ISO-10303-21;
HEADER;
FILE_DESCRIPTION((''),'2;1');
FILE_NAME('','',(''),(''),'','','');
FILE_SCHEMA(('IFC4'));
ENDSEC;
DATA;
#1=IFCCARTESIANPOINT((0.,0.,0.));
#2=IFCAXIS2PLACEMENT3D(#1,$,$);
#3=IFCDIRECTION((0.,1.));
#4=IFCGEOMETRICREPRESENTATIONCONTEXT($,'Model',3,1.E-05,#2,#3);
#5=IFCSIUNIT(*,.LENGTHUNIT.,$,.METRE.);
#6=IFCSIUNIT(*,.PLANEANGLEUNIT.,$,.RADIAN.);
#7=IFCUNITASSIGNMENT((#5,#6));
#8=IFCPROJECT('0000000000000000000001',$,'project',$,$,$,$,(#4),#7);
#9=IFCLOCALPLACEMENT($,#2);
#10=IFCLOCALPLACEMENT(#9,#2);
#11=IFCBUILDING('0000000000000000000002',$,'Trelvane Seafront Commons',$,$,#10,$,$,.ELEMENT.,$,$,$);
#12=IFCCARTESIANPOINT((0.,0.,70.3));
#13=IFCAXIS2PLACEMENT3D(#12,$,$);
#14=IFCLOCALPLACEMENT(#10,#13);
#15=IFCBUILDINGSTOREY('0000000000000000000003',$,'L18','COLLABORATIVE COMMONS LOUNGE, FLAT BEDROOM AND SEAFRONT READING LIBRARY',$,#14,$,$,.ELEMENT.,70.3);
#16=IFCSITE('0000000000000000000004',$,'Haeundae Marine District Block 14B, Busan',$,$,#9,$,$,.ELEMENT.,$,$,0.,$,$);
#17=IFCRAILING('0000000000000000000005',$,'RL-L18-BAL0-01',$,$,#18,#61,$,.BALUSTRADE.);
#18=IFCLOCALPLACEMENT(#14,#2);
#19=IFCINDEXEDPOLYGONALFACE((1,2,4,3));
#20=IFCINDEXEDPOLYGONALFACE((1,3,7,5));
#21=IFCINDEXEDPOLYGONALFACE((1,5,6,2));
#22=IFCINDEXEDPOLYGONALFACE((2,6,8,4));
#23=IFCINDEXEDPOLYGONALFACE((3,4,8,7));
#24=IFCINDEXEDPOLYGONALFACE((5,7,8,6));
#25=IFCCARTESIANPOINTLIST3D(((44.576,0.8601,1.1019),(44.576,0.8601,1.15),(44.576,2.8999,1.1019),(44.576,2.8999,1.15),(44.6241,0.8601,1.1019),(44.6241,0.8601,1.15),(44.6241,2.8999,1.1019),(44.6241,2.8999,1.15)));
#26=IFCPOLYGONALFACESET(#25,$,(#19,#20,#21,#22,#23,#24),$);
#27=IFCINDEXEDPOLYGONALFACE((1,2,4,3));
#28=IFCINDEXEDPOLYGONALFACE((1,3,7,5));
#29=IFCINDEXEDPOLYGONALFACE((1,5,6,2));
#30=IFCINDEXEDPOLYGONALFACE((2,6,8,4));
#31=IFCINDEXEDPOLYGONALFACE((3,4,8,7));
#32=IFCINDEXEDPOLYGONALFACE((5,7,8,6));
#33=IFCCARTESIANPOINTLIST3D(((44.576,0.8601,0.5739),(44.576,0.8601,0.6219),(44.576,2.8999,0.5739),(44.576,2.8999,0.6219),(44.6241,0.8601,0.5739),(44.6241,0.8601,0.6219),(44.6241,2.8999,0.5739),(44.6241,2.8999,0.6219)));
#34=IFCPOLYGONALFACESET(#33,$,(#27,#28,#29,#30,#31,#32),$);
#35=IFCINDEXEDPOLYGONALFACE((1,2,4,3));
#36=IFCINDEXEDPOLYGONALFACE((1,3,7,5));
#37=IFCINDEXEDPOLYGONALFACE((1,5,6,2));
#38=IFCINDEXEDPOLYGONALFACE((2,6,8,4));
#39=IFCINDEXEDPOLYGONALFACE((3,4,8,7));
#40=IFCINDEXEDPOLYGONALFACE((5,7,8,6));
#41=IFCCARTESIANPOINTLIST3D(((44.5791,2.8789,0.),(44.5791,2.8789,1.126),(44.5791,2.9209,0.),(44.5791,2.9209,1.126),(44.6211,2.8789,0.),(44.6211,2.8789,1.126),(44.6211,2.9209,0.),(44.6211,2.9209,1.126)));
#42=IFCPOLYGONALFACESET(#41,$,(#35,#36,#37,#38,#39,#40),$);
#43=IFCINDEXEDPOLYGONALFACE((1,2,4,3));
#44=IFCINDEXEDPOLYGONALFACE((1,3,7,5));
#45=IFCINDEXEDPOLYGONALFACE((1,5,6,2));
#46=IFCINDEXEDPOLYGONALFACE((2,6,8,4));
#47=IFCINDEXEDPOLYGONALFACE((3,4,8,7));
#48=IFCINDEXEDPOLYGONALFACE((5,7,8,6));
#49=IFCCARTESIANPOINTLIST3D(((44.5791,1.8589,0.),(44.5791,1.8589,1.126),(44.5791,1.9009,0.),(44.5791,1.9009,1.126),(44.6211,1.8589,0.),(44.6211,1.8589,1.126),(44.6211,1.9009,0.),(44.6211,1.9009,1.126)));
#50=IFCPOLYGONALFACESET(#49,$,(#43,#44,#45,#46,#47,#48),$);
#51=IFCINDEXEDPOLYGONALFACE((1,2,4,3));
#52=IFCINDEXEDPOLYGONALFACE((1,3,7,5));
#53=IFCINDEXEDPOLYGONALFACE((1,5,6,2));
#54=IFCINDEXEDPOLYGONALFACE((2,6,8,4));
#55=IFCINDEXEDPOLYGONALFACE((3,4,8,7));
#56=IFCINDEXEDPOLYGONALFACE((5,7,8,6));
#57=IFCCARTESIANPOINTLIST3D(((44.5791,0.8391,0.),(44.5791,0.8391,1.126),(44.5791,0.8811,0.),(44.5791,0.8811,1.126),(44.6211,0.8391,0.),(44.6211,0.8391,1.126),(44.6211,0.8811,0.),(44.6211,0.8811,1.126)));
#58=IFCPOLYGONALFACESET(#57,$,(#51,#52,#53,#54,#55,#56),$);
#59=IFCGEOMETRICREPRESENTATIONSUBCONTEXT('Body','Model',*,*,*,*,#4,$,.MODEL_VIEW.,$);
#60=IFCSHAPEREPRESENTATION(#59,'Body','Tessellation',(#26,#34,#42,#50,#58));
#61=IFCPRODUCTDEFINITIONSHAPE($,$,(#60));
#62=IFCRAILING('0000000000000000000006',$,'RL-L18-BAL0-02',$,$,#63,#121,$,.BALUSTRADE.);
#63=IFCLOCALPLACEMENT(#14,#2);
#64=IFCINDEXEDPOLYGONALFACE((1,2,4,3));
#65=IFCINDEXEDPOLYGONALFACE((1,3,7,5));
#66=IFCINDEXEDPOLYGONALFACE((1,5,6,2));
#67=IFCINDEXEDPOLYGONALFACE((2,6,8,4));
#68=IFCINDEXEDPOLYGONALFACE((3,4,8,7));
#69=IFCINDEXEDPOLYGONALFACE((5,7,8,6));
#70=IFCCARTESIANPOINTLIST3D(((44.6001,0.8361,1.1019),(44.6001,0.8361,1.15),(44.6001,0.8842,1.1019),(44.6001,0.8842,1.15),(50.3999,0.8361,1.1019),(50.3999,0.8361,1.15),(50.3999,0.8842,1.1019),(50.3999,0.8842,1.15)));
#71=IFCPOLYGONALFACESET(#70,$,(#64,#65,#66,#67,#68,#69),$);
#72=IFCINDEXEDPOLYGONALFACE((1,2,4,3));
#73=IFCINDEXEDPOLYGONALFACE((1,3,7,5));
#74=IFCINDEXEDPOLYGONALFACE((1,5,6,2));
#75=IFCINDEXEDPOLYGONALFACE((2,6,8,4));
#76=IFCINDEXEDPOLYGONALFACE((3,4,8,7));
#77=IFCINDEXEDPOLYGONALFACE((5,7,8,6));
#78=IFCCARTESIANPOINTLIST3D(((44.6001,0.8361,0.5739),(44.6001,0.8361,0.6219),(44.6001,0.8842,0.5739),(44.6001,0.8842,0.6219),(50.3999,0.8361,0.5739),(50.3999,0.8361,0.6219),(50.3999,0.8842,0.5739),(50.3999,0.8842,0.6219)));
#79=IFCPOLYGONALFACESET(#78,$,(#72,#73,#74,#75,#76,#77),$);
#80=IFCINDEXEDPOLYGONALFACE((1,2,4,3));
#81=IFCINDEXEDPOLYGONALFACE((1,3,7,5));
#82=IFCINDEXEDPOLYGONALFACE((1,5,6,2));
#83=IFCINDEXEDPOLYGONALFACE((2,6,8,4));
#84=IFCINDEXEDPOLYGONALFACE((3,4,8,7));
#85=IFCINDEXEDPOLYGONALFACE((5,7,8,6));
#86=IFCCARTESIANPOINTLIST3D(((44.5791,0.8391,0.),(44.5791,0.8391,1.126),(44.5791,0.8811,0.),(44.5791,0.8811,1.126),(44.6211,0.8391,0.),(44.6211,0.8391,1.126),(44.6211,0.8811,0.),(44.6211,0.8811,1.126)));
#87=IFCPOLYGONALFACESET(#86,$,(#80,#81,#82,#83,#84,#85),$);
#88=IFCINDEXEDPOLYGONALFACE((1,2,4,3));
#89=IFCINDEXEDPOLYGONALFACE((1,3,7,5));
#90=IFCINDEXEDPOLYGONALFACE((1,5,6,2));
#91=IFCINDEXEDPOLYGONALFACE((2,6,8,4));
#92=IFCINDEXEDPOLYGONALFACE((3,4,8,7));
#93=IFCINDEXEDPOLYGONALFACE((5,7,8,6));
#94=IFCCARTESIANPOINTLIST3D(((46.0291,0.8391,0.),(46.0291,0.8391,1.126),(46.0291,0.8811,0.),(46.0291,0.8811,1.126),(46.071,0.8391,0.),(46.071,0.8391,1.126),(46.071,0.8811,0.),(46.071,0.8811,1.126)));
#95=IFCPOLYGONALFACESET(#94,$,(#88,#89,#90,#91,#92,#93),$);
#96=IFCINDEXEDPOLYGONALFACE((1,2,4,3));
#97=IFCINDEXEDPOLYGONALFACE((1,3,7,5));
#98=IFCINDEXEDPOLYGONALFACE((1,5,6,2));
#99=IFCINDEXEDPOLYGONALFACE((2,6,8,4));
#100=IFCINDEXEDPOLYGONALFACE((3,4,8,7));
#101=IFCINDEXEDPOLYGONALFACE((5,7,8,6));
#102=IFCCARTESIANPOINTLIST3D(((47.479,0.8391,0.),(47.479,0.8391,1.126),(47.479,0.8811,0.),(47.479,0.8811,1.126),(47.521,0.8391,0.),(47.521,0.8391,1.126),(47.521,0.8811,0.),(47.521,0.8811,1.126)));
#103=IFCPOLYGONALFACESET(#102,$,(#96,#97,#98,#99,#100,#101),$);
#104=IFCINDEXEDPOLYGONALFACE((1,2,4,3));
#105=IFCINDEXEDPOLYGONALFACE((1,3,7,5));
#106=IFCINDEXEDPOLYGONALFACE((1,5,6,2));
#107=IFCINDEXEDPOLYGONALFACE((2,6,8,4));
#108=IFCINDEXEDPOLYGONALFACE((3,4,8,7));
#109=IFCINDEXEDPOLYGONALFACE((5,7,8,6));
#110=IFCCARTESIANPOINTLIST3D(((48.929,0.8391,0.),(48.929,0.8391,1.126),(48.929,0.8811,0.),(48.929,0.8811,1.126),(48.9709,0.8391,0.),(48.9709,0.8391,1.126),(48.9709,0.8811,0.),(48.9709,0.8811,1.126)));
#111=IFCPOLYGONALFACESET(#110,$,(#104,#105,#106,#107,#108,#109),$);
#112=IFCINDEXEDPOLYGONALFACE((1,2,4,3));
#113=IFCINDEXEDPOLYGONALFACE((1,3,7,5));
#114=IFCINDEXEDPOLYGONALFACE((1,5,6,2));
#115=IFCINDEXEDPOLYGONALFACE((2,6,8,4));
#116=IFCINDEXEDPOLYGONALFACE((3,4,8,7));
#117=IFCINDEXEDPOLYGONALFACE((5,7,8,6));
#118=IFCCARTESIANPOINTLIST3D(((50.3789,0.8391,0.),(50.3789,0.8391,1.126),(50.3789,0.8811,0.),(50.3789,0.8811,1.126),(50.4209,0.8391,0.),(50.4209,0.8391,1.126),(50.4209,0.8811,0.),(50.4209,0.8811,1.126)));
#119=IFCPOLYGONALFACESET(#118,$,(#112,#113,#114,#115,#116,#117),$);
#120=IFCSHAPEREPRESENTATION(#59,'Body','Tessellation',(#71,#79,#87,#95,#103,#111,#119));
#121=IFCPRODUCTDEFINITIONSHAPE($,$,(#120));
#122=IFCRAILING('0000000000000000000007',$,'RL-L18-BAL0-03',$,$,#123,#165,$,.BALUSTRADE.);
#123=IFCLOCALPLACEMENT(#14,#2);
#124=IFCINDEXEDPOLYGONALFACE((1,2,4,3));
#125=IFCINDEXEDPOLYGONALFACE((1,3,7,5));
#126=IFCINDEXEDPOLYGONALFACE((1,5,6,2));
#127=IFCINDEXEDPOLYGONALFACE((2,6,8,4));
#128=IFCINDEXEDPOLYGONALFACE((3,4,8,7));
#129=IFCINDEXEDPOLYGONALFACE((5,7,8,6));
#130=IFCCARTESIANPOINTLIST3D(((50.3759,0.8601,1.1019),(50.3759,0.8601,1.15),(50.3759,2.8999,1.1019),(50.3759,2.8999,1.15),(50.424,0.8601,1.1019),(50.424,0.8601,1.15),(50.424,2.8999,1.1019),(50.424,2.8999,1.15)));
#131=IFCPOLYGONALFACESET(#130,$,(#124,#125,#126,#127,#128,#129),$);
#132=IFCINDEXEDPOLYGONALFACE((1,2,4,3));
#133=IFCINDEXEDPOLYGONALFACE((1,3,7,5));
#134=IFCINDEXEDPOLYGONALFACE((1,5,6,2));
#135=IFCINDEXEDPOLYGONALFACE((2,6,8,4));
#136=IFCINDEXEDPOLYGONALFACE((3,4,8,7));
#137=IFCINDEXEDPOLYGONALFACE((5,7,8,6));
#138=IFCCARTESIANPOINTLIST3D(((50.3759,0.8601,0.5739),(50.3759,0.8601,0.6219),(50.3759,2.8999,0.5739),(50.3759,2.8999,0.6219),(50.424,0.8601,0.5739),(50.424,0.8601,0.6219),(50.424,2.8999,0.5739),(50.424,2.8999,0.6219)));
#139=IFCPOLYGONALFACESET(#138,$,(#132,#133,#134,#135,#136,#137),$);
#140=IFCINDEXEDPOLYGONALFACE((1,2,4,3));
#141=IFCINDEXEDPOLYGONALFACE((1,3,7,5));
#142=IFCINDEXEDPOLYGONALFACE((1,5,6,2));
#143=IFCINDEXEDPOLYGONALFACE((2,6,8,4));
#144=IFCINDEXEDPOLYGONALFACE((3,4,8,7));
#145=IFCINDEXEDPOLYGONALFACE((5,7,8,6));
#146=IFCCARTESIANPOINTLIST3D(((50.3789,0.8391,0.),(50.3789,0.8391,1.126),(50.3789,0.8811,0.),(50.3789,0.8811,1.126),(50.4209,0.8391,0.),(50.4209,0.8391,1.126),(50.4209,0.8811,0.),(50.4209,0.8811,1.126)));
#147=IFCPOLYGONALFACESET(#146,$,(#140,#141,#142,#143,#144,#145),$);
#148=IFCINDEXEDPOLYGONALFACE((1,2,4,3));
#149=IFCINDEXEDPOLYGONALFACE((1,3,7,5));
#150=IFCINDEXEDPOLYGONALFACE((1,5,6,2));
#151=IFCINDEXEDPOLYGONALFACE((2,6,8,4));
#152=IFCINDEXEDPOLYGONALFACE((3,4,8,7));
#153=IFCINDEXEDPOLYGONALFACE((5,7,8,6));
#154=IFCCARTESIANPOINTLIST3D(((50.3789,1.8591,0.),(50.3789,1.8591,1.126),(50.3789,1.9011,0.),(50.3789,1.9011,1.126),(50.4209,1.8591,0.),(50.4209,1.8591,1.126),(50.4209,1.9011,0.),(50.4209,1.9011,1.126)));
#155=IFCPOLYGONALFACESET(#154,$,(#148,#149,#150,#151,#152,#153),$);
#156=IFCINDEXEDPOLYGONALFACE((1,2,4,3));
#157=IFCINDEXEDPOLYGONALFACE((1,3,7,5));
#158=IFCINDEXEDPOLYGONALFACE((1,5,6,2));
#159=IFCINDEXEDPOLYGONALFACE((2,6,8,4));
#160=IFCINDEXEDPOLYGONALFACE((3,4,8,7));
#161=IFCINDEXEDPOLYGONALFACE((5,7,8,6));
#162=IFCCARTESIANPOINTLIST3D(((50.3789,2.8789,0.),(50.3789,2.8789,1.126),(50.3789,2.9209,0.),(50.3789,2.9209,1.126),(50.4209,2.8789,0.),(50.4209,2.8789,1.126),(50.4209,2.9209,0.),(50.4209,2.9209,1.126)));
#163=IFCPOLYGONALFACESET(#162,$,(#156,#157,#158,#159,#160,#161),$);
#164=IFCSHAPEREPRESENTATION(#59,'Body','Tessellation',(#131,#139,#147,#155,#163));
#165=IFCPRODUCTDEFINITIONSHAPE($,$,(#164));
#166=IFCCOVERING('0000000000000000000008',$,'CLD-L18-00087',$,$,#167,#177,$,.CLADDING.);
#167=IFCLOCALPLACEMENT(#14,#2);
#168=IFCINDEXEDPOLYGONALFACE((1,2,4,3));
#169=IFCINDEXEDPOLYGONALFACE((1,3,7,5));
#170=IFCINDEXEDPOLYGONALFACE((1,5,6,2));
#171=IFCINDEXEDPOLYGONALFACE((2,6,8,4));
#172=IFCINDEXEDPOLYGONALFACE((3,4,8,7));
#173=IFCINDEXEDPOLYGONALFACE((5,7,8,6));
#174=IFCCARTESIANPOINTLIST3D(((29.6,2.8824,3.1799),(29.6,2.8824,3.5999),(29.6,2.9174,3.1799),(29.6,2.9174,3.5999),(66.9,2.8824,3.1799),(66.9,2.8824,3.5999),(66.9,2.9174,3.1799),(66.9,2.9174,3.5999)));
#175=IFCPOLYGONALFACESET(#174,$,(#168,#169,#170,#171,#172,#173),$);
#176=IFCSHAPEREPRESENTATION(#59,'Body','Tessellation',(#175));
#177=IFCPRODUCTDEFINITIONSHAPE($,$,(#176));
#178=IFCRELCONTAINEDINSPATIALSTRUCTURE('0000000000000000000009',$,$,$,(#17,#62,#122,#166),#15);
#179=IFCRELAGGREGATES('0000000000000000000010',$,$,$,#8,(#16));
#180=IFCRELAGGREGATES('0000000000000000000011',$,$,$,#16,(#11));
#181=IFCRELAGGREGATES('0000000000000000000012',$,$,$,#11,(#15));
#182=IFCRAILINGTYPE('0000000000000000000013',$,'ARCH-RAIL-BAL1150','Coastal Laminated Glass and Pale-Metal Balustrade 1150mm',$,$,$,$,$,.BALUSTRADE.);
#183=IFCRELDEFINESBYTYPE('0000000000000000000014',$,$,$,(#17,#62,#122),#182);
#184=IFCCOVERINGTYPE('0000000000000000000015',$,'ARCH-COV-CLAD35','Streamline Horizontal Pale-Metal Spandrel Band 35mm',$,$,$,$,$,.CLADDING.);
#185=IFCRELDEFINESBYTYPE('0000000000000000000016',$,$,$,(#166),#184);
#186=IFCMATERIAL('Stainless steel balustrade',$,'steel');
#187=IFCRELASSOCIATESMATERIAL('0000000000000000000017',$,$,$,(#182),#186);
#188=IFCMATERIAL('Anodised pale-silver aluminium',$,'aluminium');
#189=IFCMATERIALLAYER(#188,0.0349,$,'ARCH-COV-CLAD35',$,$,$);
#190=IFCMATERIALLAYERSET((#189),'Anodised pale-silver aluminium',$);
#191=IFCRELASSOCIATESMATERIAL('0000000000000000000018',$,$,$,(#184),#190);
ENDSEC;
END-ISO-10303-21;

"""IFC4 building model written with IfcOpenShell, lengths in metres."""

from ifc_helpers import new_model, si_unit, direction, frame, origin, origin_2d, place, context, subcontext, project, spatial, rectangle, extrude, source, transform, mapped, material, layer, layer_set, type_object, element, save


model = new_model("IFC4")

# Units and contexts
model_context = context("Model", 3, precision=1e-05, world=origin(), true_north=direction((0.0, 1.0)))
body_context = subcontext(model_context, "Body", "Model", "MODEL_VIEW")
ifc_project = project(units=[si_unit("LENGTHUNIT", "METRE"), si_unit("PLANEANGLEUNIT", "RADIAN")], contexts=[model_context])

# Site, building, storey
site_placement = place(None, origin())
site = spatial("IfcSite", under=ifc_project, at=site_placement, Name="Haeundae Marine District Block 14B, Busan", CompositionType="ELEMENT", RefElevation=0.0)
building_placement = place(site_placement, origin())
building = spatial("IfcBuilding", under=site, at=building_placement, Name="Trelvane Seafront Commons", CompositionType="ELEMENT")
storey_placement = place(building_placement, frame((0.0, 0.0, 70.3)))
storey = spatial("IfcBuildingStorey", under=building, at=storey_placement, Name="L18", Description="COLLABORATIVE COMMONS LOUNGE, FLAT BEDROOM AND SEAFRONT READING LIBRARY", CompositionType="ELEMENT", Elevation=70.3)

# Shared definitions
ifc_material_1 = material(Name="Anodised pale-silver aluminium", Category="aluminium")

# Railings
ifc_material_2 = material(Name="Stainless steel balustrade", Category="steel")
railing_type = type_object("IfcRailingType", Name="ARCH-RAIL-BAL1150", Description="Coastal Laminated Glass and Pale-Metal Balustrade 1150mm", PredefinedType="BALUSTRADE", material=ifc_material_2)
railing_1_placement = place(storey_placement, frame((44.6001, 2.8999, 0.0)))
element("IfcRailing", 1, at=railing_1_placement, inside=storey, type_object=railing_type, Name="RL-L18-BAL0-01", PredefinedType="BALUSTRADE", context=body_context, shape_type="SweptSolid", body=[
    extrude(rectangle(XDim=0.0481, YDim=0.0481, at=origin_2d()), frame((0.0, 0.0, 1.126), z_axis=(0.0, -1.0, 0.0), x_axis=(1.0, 0.0, 0.0)), (0.0, 0.0, 1.0), 2.0398),
    extrude(rectangle(XDim=0.0481, YDim=0.0481, at=origin_2d()), frame((0.0, 0.0, 0.5979), z_axis=(0.0, -1.0, 0.0), x_axis=(1.0, 0.0, 0.0)), (0.0, 0.0, 1.0), 2.0398),
    extrude(rectangle(XDim=0.042, YDim=0.042, at=origin_2d()), origin(), (0.0, 0.0, 1.0), 1.126),
    extrude(rectangle(XDim=0.042, YDim=0.042, at=origin_2d()), frame((0.0, -1.02, 0.0)), (0.0, 0.0, 1.0), 1.126),
    extrude(rectangle(XDim=0.042, YDim=0.042, at=origin_2d()), frame((0.0, -2.0398, 0.0)), (0.0, 0.0, 1.0), 1.126),
])
railing_2_placement = place(storey_placement, frame((44.6001, 0.8601, 0.0)))
element("IfcRailing", 2, at=railing_2_placement, inside=storey, type_object=railing_type, Name="RL-L18-BAL0-02", PredefinedType="BALUSTRADE", context=body_context, shape_type="SweptSolid", body=[
    extrude(rectangle(XDim=0.0481, YDim=0.0481, at=origin_2d()), frame((0.0, 0.0, 1.126), z_axis=(1.0, 0.0, 0.0), x_axis=(0.0, 1.0, 0.0)), (0.0, 0.0, 1.0), 5.7998),
    extrude(rectangle(XDim=0.0481, YDim=0.0481, at=origin_2d()), frame((0.0, 0.0, 0.5979), z_axis=(1.0, 0.0, 0.0), x_axis=(0.0, 1.0, 0.0)), (0.0, 0.0, 1.0), 5.7998),
    extrude(rectangle(XDim=0.042, YDim=0.042, at=origin_2d()), origin(), (0.0, 0.0, 1.0), 1.126),
    extrude(rectangle(XDim=0.042, YDim=0.042, at=origin_2d()), frame((1.45, 0.0, 0.0)), (0.0, 0.0, 1.0), 1.126),
    extrude(rectangle(XDim=0.042, YDim=0.042, at=origin_2d()), frame((2.8999, 0.0, 0.0)), (0.0, 0.0, 1.0), 1.126),
    extrude(rectangle(XDim=0.042, YDim=0.042, at=origin_2d()), frame((4.3499, 0.0, 0.0)), (0.0, 0.0, 1.0), 1.126),
    extrude(rectangle(XDim=0.042, YDim=0.042, at=origin_2d()), frame((5.7998, 0.0, 0.0)), (0.0, 0.0, 1.0), 1.126),
])
railing_3_placement = place(storey_placement, frame((50.3999, 0.8601, 0.0)))
element("IfcRailing", 3, at=railing_3_placement, inside=storey, type_object=railing_type, Name="RL-L18-BAL0-03", PredefinedType="BALUSTRADE", context=body_context, shape_type="SweptSolid", body=[
    extrude(rectangle(XDim=0.0481, YDim=0.0481, at=origin_2d()), frame((0.0, 0.0, 1.126), z_axis=(0.0, 1.0, 0.0), x_axis=(-1.0, 0.0, 0.0)), (0.0, 0.0, 1.0), 2.0398),
    extrude(rectangle(XDim=0.0481, YDim=0.0481, at=origin_2d()), frame((0.0, 0.0, 0.5979), z_axis=(0.0, 1.0, 0.0), x_axis=(-1.0, 0.0, 0.0)), (0.0, 0.0, 1.0), 2.0398),
    extrude(rectangle(XDim=0.042, YDim=0.042, at=origin_2d()), origin(), (0.0, 0.0, 1.0), 1.126),
    extrude(rectangle(XDim=0.042, YDim=0.042, at=origin_2d()), frame((0.0, 1.02, 0.0)), (0.0, 0.0, 1.0), 1.126),
    extrude(rectangle(XDim=0.042, YDim=0.042, at=origin_2d()), frame((0.0, 2.0398, 0.0)), (0.0, 0.0, 1.0), 1.126),
])

# Covering
ifc_layer_1 = layer(ifc_material_1, 0.0349, Name="ARCH-COV-CLAD35")
ifc_layer_set_1 = layer_set([ifc_layer_1], Name="Anodised pale-silver aluminium")
covering_type = type_object("IfcCoveringType", Name="ARCH-COV-CLAD35", Description="Streamline Horizontal Pale-Metal Spandrel Band 35mm", PredefinedType="CLADDING", material=ifc_layer_set_1)
shared_shape_1 = source(origin(), body_context, "Body", "SweptSolid", [
    extrude(rectangle(XDim=37.3, YDim=0.0349, at=origin_2d()), origin(), (0.0, 0.0, 1.0), 0.4199),
])
covering_placement = place(storey_placement, frame((48.25, 2.8999, 3.1799), z_axis=(0.0, 0.0, 1.0), x_axis=(-1.0, 0.0, 0.0)))
element("IfcCovering", 4, at=covering_placement, inside=storey, type_object=covering_type, Name="CLD-L18-00087", PredefinedType="CLADDING", context=body_context, shape_type="MappedRepresentation", body=[
    mapped(shared_shape_1, transform((0.0, 0.0, 0.0), x_axis=(1.0, 0.0, 0.0), y_axis=(0.0, 1.0, 0.0), z_axis=(0.0, 0.0, 1.0), scale=1.0)),
])

save(model, "model.ifc")
